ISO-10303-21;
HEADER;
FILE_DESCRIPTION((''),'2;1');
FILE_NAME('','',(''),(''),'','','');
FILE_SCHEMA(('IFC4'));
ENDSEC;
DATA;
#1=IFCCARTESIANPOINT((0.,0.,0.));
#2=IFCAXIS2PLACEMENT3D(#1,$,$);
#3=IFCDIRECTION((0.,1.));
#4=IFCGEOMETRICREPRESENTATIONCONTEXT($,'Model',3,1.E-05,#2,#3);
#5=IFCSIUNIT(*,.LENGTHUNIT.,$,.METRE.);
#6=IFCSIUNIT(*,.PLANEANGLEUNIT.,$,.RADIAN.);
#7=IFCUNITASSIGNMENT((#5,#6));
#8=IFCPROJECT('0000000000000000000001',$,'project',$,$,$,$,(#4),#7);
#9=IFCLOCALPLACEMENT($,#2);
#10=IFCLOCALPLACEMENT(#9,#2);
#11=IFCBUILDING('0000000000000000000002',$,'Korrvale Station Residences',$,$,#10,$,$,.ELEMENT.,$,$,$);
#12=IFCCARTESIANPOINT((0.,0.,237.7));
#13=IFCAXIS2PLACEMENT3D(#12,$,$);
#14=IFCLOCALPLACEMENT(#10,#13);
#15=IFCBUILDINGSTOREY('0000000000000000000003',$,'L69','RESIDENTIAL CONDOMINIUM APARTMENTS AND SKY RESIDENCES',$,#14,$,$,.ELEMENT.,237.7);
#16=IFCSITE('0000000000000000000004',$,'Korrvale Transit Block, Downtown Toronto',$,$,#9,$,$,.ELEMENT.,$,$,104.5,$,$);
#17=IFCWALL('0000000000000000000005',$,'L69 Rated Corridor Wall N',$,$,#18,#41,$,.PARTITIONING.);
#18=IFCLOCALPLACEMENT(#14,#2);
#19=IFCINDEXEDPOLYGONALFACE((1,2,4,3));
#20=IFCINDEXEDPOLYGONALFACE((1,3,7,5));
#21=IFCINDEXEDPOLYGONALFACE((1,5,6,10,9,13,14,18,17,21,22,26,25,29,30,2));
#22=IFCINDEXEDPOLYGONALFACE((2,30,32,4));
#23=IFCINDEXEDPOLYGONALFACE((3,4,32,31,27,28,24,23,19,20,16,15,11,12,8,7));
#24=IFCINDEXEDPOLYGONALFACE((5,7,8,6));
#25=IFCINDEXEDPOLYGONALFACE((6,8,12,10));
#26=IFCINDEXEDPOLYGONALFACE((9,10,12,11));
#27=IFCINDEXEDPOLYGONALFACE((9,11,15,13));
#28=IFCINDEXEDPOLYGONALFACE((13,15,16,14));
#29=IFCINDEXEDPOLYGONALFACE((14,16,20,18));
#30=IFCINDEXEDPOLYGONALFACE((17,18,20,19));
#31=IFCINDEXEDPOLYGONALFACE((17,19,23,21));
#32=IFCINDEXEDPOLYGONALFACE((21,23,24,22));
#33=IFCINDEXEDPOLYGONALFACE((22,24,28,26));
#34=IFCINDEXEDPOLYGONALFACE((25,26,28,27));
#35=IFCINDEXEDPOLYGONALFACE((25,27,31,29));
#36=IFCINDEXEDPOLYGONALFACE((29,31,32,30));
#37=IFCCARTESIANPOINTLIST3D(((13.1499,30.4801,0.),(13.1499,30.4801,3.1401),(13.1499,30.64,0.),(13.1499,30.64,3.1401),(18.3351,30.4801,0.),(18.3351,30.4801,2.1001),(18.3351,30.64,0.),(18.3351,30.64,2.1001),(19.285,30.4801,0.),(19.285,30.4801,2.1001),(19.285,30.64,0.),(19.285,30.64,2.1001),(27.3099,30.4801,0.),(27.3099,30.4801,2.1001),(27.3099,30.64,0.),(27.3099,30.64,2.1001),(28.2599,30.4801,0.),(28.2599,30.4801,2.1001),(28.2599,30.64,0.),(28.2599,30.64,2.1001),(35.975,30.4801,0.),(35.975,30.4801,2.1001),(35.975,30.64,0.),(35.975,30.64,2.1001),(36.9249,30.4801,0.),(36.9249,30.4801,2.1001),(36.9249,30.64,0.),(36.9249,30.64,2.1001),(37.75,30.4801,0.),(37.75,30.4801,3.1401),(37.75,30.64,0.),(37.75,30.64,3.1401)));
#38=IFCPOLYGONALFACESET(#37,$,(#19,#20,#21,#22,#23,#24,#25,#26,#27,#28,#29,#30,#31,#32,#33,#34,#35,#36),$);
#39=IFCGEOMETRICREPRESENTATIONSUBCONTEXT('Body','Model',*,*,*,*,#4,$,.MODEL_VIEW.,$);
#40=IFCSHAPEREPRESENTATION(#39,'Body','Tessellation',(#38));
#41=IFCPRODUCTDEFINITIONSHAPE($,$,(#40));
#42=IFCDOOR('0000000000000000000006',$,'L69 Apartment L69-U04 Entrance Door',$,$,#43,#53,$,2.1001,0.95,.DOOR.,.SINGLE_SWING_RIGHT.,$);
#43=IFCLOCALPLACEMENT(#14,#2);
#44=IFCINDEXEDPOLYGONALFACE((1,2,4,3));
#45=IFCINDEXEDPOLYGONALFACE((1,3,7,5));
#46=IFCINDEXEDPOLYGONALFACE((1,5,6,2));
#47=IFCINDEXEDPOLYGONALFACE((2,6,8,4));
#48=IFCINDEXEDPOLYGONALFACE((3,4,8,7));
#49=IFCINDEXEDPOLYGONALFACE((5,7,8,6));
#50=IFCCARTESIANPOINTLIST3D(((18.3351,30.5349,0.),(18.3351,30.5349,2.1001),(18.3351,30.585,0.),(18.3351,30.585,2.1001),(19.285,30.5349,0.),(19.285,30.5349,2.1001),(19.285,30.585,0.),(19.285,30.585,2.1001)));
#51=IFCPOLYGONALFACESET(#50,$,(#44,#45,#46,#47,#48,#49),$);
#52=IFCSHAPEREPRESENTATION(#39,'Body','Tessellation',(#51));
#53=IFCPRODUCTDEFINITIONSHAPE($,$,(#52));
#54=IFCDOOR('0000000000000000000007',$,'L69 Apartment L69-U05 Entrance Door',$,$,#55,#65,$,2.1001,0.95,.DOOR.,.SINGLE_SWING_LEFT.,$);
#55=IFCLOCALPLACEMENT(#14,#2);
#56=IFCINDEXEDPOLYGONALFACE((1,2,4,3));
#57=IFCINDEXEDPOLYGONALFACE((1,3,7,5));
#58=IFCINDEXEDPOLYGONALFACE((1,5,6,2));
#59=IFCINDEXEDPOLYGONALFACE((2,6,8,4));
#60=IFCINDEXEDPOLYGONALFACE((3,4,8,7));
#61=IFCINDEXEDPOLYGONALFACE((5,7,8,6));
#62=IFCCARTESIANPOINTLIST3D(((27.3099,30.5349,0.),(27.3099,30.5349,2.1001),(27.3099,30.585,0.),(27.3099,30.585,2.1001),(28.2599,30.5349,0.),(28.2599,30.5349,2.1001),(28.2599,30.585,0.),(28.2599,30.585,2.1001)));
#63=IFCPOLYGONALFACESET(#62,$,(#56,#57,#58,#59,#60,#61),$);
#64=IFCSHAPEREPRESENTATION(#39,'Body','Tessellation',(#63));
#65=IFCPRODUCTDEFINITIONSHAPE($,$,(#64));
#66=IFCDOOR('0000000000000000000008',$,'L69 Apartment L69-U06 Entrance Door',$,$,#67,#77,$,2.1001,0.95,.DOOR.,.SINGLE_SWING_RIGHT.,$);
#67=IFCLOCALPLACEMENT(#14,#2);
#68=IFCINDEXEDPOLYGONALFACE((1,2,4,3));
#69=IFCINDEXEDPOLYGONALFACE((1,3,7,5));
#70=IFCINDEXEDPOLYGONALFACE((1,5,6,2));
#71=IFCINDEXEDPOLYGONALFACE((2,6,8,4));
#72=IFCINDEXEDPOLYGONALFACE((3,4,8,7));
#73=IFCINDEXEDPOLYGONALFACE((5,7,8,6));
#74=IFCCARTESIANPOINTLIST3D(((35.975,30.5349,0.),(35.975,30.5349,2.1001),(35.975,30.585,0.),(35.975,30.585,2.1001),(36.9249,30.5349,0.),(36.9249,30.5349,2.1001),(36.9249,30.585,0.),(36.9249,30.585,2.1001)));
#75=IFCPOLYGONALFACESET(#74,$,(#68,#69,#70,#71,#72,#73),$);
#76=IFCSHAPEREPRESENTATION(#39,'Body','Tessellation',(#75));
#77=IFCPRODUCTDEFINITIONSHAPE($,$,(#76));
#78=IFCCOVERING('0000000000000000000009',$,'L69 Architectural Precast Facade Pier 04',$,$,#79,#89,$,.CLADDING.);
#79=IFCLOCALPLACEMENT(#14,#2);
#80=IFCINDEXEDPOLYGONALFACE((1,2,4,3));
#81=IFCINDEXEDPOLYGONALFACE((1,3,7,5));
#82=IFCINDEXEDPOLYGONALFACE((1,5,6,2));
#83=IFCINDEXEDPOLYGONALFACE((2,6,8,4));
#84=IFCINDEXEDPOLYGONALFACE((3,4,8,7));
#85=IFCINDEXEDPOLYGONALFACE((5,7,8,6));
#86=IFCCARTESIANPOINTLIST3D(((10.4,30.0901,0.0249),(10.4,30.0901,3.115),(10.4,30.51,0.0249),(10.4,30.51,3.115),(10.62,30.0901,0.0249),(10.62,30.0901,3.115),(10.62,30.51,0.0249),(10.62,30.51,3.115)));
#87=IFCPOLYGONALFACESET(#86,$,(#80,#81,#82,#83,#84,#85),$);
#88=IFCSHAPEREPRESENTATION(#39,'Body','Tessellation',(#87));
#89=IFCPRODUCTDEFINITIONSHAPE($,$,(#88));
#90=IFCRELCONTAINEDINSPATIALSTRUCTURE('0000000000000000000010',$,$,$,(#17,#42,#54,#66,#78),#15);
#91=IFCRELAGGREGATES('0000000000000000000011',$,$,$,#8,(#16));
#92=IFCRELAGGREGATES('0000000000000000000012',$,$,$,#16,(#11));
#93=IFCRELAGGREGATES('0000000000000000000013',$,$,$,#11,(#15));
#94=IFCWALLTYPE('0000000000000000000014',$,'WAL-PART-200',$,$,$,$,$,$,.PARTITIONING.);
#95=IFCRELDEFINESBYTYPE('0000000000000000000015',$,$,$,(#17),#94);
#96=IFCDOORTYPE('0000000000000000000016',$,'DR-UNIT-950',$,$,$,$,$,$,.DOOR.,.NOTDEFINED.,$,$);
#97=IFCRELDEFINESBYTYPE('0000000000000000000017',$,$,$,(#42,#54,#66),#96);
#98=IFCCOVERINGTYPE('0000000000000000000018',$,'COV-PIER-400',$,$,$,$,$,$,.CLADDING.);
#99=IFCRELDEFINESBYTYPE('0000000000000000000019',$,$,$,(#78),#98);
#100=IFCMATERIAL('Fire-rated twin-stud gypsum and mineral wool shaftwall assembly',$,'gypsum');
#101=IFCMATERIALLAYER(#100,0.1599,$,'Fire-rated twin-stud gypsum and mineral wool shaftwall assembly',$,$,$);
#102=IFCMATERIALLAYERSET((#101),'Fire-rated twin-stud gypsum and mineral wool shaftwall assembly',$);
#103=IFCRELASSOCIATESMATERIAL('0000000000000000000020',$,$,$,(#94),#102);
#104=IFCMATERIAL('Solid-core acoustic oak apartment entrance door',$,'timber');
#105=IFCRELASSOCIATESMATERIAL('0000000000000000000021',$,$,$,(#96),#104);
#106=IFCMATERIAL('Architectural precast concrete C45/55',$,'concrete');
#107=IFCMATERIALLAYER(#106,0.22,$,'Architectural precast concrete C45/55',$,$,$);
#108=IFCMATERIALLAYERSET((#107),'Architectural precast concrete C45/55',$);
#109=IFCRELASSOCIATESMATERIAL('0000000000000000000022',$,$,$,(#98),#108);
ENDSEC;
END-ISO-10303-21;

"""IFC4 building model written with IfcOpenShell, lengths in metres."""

from ifc_helpers import new_model, si_unit, direction, frame, frame_2d, origin, origin_2d, place, context, subcontext, project, spatial, rectangle, extrude, material, layer, layer_set, type_object, element, fill, save


model = new_model("IFC4")

# Units and contexts
model_context = context("Model", 3, precision=1e-05, world=origin(), true_north=direction((0.0, 1.0)))
body_context = subcontext(model_context, "Body", "Model", "MODEL_VIEW")
ifc_project = project(units=[si_unit("LENGTHUNIT", "METRE"), si_unit("PLANEANGLEUNIT", "RADIAN")], contexts=[model_context])

# Site, building, storey
site_placement = place(None, origin())
site = spatial("IfcSite", under=ifc_project, at=site_placement, Name="Korrvale Transit Block, Downtown Toronto", CompositionType="ELEMENT", RefElevation=104.5)
building_placement = place(site_placement, origin())
building = spatial("IfcBuilding", under=site, at=building_placement, Name="Korrvale Station Residences", CompositionType="ELEMENT")
storey_placement = place(building_placement, frame((0.0, 0.0, 237.7)))
storey = spatial("IfcBuildingStorey", under=building, at=storey_placement, Name="L69", Description="RESIDENTIAL CONDOMINIUM APARTMENTS AND SKY RESIDENCES", CompositionType="ELEMENT", Elevation=237.7)

# Shared definitions
ifc_material_1 = material(Name="Fire-rated twin-stud gypsum and mineral wool shaftwall assembly", Category="gypsum")
ifc_layer_1 = layer(ifc_material_1, 0.1599, Name="Fire-rated twin-stud gypsum and mineral wool shaftwall assembly")
ifc_layer_set_1 = layer_set([ifc_layer_1], Name="Fire-rated twin-stud gypsum and mineral wool shaftwall assembly")
wall_type_1 = type_object("IfcWallType", Name="WAL-PART-200", PredefinedType="PARTITIONING", material=ifc_layer_set_1)

# Wall, openings, doors
wall_1_placement = place(storey_placement, frame((13.1499, 30.5601, 0.0), z_axis=(0.0, 0.0, 1.0), x_axis=(1.0, 0.0, 0.0)))
wall_1 = element("IfcWall", 1, at=wall_1_placement, inside=storey, type_object=wall_type_1, Name="L69 Rated Corridor Wall N", PredefinedType="PARTITIONING", context=body_context, shape_type="SweptSolid", body=[
    extrude(rectangle(XDim=24.6001, YDim=0.1599, at=frame_2d((12.3, 0.0))), origin(), (0.0, 0.0, 1.0), 3.1401),
])
opening_1_placement = place(wall_1_placement, frame((5.1851, 0.0, 0.0)))
opening_1 = element("IfcOpeningElement", 2, at=opening_1_placement, cuts=wall_1, PredefinedType="OPENING", context=body_context, shape_type="SweptSolid", body=[
    extrude(rectangle(XDim=0.95, YDim=2.1001, at=frame_2d((0.4751, 1.05))), frame((0.0, 0.0898, 0.0), z_axis=(0.0, -1.0, 0.0), x_axis=(1.0, 0.0, 0.0)), (0.0, 0.0, 1.0), 0.1799),
])
opening_2_placement = place(wall_1_placement, frame((14.1599, 0.0, 0.0)))
opening_2 = element("IfcOpeningElement", 3, at=opening_2_placement, cuts=wall_1, PredefinedType="OPENING", context=body_context, shape_type="SweptSolid", body=[
    extrude(rectangle(XDim=0.95, YDim=2.1001, at=frame_2d((0.4751, 1.05))), frame((0.0, 0.0898, 0.0), z_axis=(0.0, -1.0, 0.0), x_axis=(1.0, 0.0, 0.0)), (0.0, 0.0, 1.0), 0.1799),
])
opening_3_placement = place(wall_1_placement, frame((22.825, 0.0, 0.0)))
opening_3 = element("IfcOpeningElement", 4, at=opening_3_placement, cuts=wall_1, PredefinedType="OPENING", context=body_context, shape_type="SweptSolid", body=[
    extrude(rectangle(XDim=0.95, YDim=2.1001, at=frame_2d((0.4751, 1.05))), frame((0.0, 0.0898, 0.0), z_axis=(0.0, -1.0, 0.0), x_axis=(1.0, 0.0, 0.0)), (0.0, 0.0, 1.0), 0.1799),
])
ifc_material_2 = material(Name="Solid-core acoustic oak apartment entrance door", Category="timber")
door_type = type_object("IfcDoorType", Name="DR-UNIT-950", OperationType="NOTDEFINED", PredefinedType="DOOR", material=ifc_material_2)
door_1_placement = place(opening_1_placement, origin())
door_1 = element("IfcDoor", 5, at=door_1_placement, inside=storey, type_object=door_type, Name="L69 Apartment L69-U04 Entrance Door", OperationType="SINGLE_SWING_RIGHT", OverallHeight=2.1001, OverallWidth=0.95, PredefinedType="DOOR", context=body_context, shape_type="SweptSolid", body=[
    extrude(rectangle(XDim=0.95, YDim=2.1001, at=frame_2d((0.4751, 1.05))), frame((0.0, 0.0249, 0.0), z_axis=(0.0, -1.0, 0.0), x_axis=(1.0, 0.0, 0.0)), (0.0, 0.0, 1.0), 0.05),
])
fill(opening_1, door_1)
door_2_placement = place(opening_2_placement, origin())
door_2 = element("IfcDoor", 6, at=door_2_placement, inside=storey, type_object=door_type, Name="L69 Apartment L69-U05 Entrance Door", OperationType="SINGLE_SWING_LEFT", OverallHeight=2.1001, OverallWidth=0.95, PredefinedType="DOOR", context=body_context, shape_type="SweptSolid", body=[
    extrude(rectangle(XDim=0.95, YDim=2.1001, at=frame_2d((0.4751, 1.05))), frame((0.0, 0.0249, 0.0), z_axis=(0.0, -1.0, 0.0), x_axis=(1.0, 0.0, 0.0)), (0.0, 0.0, 1.0), 0.05),
])
fill(opening_2, door_2)
door_3_placement = place(opening_3_placement, origin())
door_3 = element("IfcDoor", 7, at=door_3_placement, inside=storey, type_object=door_type, Name="L69 Apartment L69-U06 Entrance Door", OperationType="SINGLE_SWING_RIGHT", OverallHeight=2.1001, OverallWidth=0.95, PredefinedType="DOOR", context=body_context, shape_type="SweptSolid", body=[
    extrude(rectangle(XDim=0.95, YDim=2.1001, at=frame_2d((0.4751, 1.05))), frame((0.0, 0.0249, 0.0), z_axis=(0.0, -1.0, 0.0), x_axis=(1.0, 0.0, 0.0)), (0.0, 0.0, 1.0), 0.05),
])
fill(opening_3, door_3)

# Covering
ifc_material_3 = material(Name="Architectural precast concrete C45/55", Category="concrete")
ifc_layer_2 = layer(ifc_material_3, 0.22, Name="Architectural precast concrete C45/55")
ifc_layer_set_2 = layer_set([ifc_layer_2], Name="Architectural precast concrete C45/55")
covering_type = type_object("IfcCoveringType", Name="COV-PIER-400", PredefinedType="CLADDING", material=ifc_layer_set_2)
covering_placement = place(storey_placement, frame((10.51, 30.3, 0.0249), z_axis=(0.0, 0.0, 1.0), x_axis=(0.0, 1.0, 0.0)))
element("IfcCovering", 8, at=covering_placement, inside=storey, type_object=covering_type, Name="L69 Architectural Precast Facade Pier 04", PredefinedType="CLADDING", context=body_context, shape_type="SweptSolid", body=[
    extrude(rectangle(XDim=0.4199, YDim=0.22, at=origin_2d()), origin(), (0.0, 0.0, 1.0), 3.0901),
])

save(model, "model.ifc")
